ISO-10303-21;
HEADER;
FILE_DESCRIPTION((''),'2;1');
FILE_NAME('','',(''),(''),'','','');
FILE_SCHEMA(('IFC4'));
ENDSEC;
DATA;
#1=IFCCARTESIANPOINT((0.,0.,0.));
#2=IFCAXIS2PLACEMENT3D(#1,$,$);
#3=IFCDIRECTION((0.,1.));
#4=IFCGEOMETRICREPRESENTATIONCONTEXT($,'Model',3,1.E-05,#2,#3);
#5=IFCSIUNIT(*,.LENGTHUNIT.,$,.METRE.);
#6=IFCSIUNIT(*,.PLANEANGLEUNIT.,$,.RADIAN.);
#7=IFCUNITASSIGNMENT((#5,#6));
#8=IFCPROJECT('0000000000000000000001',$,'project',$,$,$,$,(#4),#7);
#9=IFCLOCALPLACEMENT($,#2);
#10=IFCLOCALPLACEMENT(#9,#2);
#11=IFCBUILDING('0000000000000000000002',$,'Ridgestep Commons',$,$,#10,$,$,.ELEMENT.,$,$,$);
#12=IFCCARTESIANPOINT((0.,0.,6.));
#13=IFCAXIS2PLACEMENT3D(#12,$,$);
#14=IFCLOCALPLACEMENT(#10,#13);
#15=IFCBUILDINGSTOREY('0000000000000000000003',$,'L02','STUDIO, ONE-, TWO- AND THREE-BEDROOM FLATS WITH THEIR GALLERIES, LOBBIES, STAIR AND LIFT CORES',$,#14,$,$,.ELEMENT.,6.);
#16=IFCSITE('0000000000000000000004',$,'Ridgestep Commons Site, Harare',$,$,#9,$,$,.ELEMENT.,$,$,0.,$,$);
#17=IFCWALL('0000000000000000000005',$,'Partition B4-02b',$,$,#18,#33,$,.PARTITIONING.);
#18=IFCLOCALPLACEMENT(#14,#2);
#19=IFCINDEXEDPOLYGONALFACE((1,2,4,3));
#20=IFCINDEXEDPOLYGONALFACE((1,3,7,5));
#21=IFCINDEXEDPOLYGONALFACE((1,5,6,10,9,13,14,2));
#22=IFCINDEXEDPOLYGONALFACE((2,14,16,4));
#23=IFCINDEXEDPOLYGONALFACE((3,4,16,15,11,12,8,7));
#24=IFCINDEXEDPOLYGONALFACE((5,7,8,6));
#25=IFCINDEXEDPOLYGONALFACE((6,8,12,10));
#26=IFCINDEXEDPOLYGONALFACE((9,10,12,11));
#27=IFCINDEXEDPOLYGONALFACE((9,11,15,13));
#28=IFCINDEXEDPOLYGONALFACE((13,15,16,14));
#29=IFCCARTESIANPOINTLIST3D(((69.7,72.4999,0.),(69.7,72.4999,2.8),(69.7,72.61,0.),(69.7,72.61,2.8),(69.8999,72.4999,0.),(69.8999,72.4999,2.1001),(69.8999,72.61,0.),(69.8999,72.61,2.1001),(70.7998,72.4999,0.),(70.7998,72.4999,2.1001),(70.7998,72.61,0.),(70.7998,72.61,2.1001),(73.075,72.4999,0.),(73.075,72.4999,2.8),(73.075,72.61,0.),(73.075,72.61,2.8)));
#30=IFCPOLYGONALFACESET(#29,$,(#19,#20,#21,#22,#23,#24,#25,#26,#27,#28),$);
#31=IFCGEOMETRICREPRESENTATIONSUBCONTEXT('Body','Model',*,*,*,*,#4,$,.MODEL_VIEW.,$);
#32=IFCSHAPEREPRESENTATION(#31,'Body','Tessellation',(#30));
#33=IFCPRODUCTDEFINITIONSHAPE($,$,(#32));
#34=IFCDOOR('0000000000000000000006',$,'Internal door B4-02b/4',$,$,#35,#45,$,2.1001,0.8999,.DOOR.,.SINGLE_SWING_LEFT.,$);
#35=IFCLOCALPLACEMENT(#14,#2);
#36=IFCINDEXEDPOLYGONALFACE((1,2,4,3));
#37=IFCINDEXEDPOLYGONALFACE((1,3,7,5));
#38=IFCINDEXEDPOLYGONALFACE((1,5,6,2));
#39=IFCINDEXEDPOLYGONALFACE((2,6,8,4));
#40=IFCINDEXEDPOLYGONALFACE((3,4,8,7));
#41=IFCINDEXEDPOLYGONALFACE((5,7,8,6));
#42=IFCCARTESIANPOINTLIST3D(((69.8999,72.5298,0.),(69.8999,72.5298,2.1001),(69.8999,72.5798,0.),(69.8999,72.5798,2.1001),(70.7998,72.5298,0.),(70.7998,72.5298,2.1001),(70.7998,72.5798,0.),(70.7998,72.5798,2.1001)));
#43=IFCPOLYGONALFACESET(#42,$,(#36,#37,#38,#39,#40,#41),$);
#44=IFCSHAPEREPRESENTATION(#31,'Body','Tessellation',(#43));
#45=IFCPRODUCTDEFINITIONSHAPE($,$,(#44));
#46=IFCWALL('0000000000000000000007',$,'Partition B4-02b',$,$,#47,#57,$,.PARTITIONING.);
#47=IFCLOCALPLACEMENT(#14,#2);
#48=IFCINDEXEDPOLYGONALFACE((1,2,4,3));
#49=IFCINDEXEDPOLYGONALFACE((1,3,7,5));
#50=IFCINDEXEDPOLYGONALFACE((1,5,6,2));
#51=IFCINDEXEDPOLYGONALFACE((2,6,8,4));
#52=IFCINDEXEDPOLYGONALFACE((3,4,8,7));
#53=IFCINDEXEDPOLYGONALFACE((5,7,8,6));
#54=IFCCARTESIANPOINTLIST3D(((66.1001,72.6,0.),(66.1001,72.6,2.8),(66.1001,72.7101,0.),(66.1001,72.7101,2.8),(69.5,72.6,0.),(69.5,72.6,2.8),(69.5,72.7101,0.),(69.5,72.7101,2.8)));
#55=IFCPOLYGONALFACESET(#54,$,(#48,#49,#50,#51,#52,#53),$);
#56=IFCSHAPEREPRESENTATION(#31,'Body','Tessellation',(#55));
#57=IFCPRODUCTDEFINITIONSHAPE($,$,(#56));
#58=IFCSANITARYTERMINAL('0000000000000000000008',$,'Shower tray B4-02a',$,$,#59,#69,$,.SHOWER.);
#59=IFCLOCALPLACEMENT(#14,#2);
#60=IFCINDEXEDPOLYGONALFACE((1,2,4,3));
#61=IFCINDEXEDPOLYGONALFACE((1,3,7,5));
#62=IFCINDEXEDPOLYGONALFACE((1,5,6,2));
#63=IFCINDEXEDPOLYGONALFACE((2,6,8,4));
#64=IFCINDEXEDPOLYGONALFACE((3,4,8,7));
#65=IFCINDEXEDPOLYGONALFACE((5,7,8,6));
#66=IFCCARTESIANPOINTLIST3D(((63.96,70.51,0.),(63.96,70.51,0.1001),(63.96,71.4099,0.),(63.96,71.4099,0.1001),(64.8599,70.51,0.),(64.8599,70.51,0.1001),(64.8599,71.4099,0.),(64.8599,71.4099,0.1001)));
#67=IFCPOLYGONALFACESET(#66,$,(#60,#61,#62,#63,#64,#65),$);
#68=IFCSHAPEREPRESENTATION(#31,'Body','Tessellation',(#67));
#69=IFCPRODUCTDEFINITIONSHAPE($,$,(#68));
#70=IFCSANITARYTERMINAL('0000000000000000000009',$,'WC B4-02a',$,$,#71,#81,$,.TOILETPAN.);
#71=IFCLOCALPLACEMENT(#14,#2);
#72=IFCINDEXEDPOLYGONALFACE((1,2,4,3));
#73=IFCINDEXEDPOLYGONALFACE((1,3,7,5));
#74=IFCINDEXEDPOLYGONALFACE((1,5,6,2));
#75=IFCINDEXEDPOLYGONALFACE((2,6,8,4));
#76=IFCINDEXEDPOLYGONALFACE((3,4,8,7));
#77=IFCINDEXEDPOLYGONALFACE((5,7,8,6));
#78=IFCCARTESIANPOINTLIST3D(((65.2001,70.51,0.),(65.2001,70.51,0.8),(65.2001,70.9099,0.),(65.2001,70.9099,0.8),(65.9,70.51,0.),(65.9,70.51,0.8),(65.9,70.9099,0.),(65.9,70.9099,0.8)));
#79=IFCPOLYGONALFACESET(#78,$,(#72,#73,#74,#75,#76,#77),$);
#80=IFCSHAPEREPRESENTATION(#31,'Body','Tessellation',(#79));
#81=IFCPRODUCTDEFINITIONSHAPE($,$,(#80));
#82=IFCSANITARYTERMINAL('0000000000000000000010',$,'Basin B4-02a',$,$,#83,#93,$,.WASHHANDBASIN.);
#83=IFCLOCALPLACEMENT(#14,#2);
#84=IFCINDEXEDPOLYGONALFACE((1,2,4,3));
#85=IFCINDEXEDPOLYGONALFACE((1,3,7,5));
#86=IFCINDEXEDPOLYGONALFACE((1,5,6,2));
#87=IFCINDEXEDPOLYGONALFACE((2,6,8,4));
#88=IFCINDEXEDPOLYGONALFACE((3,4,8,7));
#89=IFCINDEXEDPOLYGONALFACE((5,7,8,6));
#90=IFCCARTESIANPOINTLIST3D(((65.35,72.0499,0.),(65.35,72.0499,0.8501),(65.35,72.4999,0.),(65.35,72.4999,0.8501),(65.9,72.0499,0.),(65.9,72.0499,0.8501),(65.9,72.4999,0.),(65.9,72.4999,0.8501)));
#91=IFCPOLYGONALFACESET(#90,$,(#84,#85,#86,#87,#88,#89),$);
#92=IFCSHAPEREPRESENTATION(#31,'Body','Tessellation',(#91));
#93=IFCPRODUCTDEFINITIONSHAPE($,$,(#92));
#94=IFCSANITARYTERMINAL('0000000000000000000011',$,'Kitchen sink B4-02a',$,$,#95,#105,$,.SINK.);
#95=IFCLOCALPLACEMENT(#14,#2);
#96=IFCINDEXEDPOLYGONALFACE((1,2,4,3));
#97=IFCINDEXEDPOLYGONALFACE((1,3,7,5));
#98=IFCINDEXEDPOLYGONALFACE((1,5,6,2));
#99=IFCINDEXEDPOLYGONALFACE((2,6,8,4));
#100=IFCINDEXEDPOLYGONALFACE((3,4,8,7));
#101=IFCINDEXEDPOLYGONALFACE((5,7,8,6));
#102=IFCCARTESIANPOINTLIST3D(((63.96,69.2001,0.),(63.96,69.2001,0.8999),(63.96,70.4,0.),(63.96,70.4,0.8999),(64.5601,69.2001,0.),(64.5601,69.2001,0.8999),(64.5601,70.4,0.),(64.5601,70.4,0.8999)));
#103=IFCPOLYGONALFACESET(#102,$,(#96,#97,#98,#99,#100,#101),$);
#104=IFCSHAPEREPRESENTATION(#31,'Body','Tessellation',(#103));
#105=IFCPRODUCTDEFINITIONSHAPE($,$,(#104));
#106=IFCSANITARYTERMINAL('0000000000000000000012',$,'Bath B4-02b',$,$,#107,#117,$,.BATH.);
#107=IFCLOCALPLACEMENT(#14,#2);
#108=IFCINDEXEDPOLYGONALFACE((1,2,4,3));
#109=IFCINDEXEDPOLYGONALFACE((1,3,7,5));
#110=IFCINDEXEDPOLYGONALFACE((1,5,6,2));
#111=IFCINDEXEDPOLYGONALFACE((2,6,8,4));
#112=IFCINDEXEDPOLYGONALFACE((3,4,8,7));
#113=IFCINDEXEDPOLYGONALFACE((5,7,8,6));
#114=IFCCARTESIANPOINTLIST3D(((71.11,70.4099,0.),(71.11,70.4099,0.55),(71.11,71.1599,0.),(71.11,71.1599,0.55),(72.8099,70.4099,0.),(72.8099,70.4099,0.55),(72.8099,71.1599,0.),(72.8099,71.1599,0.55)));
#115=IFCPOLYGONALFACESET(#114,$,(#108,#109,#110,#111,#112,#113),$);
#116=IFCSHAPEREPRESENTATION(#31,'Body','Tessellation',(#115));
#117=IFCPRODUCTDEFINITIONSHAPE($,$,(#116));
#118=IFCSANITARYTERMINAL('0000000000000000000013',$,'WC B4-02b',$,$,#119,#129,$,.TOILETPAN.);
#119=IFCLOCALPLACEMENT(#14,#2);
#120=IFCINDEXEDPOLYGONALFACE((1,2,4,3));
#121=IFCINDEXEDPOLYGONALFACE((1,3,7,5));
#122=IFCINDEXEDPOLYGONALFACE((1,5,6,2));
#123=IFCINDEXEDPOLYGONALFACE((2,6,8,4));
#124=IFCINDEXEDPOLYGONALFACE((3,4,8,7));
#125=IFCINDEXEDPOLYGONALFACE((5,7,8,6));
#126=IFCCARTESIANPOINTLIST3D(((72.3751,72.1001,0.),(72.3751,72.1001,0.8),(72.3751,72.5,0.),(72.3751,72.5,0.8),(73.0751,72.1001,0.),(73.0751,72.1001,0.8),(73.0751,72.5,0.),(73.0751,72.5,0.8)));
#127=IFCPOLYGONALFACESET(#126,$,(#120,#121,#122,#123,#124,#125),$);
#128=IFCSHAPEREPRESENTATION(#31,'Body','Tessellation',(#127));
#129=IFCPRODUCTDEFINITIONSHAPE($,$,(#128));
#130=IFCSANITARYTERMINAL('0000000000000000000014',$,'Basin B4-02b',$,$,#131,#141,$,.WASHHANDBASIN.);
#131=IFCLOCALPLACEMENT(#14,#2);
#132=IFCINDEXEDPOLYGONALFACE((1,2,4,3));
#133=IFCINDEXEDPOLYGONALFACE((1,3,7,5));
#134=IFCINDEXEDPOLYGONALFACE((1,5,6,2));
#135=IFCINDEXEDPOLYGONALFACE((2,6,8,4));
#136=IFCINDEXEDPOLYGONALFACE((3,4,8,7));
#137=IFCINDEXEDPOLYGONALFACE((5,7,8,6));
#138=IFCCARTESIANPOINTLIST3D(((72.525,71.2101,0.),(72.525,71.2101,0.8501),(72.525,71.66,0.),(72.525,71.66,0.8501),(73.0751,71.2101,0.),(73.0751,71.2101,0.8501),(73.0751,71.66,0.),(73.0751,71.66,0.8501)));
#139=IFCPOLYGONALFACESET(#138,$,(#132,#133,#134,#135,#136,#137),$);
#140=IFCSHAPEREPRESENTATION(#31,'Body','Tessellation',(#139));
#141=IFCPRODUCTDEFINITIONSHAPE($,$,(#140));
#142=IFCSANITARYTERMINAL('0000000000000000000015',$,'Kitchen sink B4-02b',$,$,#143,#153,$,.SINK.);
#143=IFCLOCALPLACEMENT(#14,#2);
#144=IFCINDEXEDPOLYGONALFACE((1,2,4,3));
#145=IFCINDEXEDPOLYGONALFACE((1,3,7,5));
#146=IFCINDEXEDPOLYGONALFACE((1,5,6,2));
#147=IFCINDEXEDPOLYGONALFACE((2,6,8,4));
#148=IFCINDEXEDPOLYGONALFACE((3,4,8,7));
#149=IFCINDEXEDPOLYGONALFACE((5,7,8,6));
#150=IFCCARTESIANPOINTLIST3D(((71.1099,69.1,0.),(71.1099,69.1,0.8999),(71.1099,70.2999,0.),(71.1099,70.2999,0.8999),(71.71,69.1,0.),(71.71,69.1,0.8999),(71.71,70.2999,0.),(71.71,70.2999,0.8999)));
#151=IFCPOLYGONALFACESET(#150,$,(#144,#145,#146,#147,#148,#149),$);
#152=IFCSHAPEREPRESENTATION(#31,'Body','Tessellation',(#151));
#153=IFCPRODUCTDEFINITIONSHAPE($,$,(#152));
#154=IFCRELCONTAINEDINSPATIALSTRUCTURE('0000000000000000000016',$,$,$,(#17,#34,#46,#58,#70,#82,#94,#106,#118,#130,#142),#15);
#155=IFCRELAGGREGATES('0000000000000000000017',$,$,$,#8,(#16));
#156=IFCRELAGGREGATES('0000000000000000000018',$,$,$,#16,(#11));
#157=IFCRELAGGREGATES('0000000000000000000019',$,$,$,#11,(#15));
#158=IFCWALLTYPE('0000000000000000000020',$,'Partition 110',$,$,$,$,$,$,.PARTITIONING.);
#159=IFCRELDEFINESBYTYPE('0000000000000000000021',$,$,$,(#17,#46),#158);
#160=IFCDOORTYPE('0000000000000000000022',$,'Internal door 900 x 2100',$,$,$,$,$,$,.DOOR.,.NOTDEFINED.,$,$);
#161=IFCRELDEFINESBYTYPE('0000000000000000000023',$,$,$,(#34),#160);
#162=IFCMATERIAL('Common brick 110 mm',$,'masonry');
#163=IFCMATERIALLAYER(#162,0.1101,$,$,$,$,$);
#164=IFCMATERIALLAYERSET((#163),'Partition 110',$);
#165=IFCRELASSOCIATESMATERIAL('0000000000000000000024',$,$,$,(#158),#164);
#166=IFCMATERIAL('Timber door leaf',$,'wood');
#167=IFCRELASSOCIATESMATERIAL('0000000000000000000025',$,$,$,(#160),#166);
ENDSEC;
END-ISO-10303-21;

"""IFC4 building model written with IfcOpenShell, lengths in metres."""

from ifc_helpers import new_model, si_unit, direction, frame, frame_2d, origin, origin_2d, place, context, subcontext, project, spatial, rectangle, extrude, material, layer, layer_set, type_object, element, fill, save


model = new_model("IFC4")

# Units and contexts
model_context = context("Model", 3, precision=1e-05, world=origin(), true_north=direction((0.0, 1.0)))
body_context = subcontext(model_context, "Body", "Model", "MODEL_VIEW")
ifc_project = project(units=[si_unit("LENGTHUNIT", "METRE"), si_unit("PLANEANGLEUNIT", "RADIAN")], contexts=[model_context])

# Site, building, storey
site_placement = place(None, origin())
site = spatial("IfcSite", under=ifc_project, at=site_placement, Name="Ridgestep Commons Site, Harare", CompositionType="ELEMENT", RefElevation=0.0)
building_placement = place(site_placement, origin())
building = spatial("IfcBuilding", under=site, at=building_placement, Name="Ridgestep Commons", CompositionType="ELEMENT")
storey_placement = place(building_placement, frame((0.0, 0.0, 6.0)))
storey = spatial("IfcBuildingStorey", under=building, at=storey_placement, Name="L02", Description="STUDIO, ONE-, TWO- AND THREE-BEDROOM FLATS WITH THEIR GALLERIES, LOBBIES, STAIR AND LIFT CORES", CompositionType="ELEMENT", Elevation=6.0)

# Shared definitions
ifc_material_1 = material(Name="Common brick 110 mm", Category="masonry")
ifc_layer_1 = layer(ifc_material_1, 0.1101)
ifc_layer_set_1 = layer_set([ifc_layer_1], Name="Partition 110")
wall_type_1 = type_object("IfcWallType", Name="Partition 110", PredefinedType="PARTITIONING", material=ifc_layer_set_1)

# Shared definitions
ifc_material_2 = material(Name="Timber door leaf", Category="wood")
door_type = type_object("IfcDoorType", Name="Internal door 900 x 2100", OperationType="NOTDEFINED", PredefinedType="DOOR", material=ifc_material_2)

# Wall, opening, door
wall_1_placement = place(storey_placement, frame((69.7, 72.5549, 0.0), z_axis=(0.0, 0.0, 1.0), x_axis=(1.0, 0.0, 0.0)))
wall_1 = element("IfcWall", 1, at=wall_1_placement, inside=storey, type_object=wall_type_1, Name="Partition B4-02b", PredefinedType="PARTITIONING", context=body_context, shape_type="SweptSolid", body=[
    extrude(rectangle(XDim=3.375, YDim=0.1101, at=frame_2d((1.6875, 0.0))), origin(), (0.0, 0.0, 1.0), 2.8),
])
opening_1_placement = place(wall_1_placement, frame((0.2, 0.0, 0.0)))
opening_1 = element("IfcOpeningElement", 2, at=opening_1_placement, cuts=wall_1, PredefinedType="OPENING", context=body_context, shape_type="SweptSolid", body=[
    extrude(rectangle(XDim=0.8999, YDim=2.1001, at=frame_2d((0.45, 1.05))), frame((0.0, 0.0649, 0.0), z_axis=(0.0, -1.0, 0.0), x_axis=(1.0, 0.0, 0.0)), (0.0, 0.0, 1.0), 0.1301),
])
door_1_placement = place(opening_1_placement, origin())
door_1 = element("IfcDoor", 3, at=door_1_placement, inside=storey, type_object=door_type, Name="Internal door B4-02b/4", OperationType="SINGLE_SWING_LEFT", OverallHeight=2.1001, OverallWidth=0.8999, PredefinedType="DOOR", context=body_context, shape_type="SweptSolid", body=[
    extrude(rectangle(XDim=0.8999, YDim=2.1001, at=frame_2d((0.45, 1.05))), frame((0.0, 0.0249, 0.0), z_axis=(0.0, -1.0, 0.0), x_axis=(1.0, 0.0, 0.0)), (0.0, 0.0, 1.0), 0.05),
])
fill(opening_1, door_1)

# Wall
wall_2_placement = place(storey_placement, frame((66.1001, 72.655, 0.0), z_axis=(0.0, 0.0, 1.0), x_axis=(1.0, 0.0, 0.0)))
element("IfcWall", 4, at=wall_2_placement, inside=storey, type_object=wall_type_1, Name="Partition B4-02b", PredefinedType="PARTITIONING", context=body_context, shape_type="SweptSolid", body=[
    extrude(rectangle(XDim=3.3999, YDim=0.1101, at=frame_2d((1.7, 0.0))), origin(), (0.0, 0.0, 1.0), 2.8),
])

# Sanitary terminals
sanitary_terminal_1_placement = place(storey_placement, frame((64.4099, 70.96, 0.0), z_axis=(0.0, 0.0, 1.0), x_axis=(1.0, 0.0, 0.0)))
element("IfcSanitaryTerminal", 5, at=sanitary_terminal_1_placement, inside=storey, Name="Shower tray B4-02a", PredefinedType="SHOWER", context=body_context, shape_type="SweptSolid", body=[
    extrude(rectangle(XDim=0.8999, YDim=0.8999, at=origin_2d()), origin(), (0.0, 0.0, 1.0), 0.1001),
])
sanitary_terminal_2_placement = place(storey_placement, frame((65.55, 70.71, 0.0), z_axis=(0.0, 0.0, 1.0), x_axis=(1.0, 0.0, 0.0)))
element("IfcSanitaryTerminal", 6, at=sanitary_terminal_2_placement, inside=storey, Name="WC B4-02a", PredefinedType="TOILETPAN", context=body_context, shape_type="SweptSolid", body=[
    extrude(rectangle(XDim=0.7, YDim=0.3999, at=origin_2d()), origin(), (0.0, 0.0, 1.0), 0.8),
])
sanitary_terminal_3_placement = place(storey_placement, frame((65.625, 72.2749, 0.0), z_axis=(0.0, 0.0, 1.0), x_axis=(1.0, 0.0, 0.0)))
element("IfcSanitaryTerminal", 7, at=sanitary_terminal_3_placement, inside=storey, Name="Basin B4-02a", PredefinedType="WASHHANDBASIN", context=body_context, shape_type="SweptSolid", body=[
    extrude(rectangle(XDim=0.55, YDim=0.45, at=origin_2d()), origin(), (0.0, 0.0, 1.0), 0.8501),
])
sanitary_terminal_4_placement = place(storey_placement, frame((64.26, 69.8, 0.0), z_axis=(0.0, 0.0, 1.0), x_axis=(1.0, 0.0, 0.0)))
element("IfcSanitaryTerminal", 8, at=sanitary_terminal_4_placement, inside=storey, Name="Kitchen sink B4-02a", PredefinedType="SINK", context=body_context, shape_type="SweptSolid", body=[
    extrude(rectangle(XDim=0.6001, YDim=1.2, at=origin_2d()), origin(), (0.0, 0.0, 1.0), 0.8999),
])
sanitary_terminal_5_placement = place(storey_placement, frame((71.96, 70.7849, 0.0), z_axis=(0.0, 0.0, 1.0), x_axis=(1.0, 0.0, 0.0)))
element("IfcSanitaryTerminal", 9, at=sanitary_terminal_5_placement, inside=storey, Name="Bath B4-02b", PredefinedType="BATH", context=body_context, shape_type="SweptSolid", body=[
    extrude(rectangle(XDim=1.7, YDim=0.75, at=origin_2d()), origin(), (0.0, 0.0, 1.0), 0.55),
])
sanitary_terminal_6_placement = place(storey_placement, frame((72.7251, 72.3, 0.0), z_axis=(0.0, 0.0, 1.0), x_axis=(1.0, 0.0, 0.0)))
element("IfcSanitaryTerminal", 10, at=sanitary_terminal_6_placement, inside=storey, Name="WC B4-02b", PredefinedType="TOILETPAN", context=body_context, shape_type="SweptSolid", body=[
    extrude(rectangle(XDim=0.7, YDim=0.3999, at=origin_2d()), origin(), (0.0, 0.0, 1.0), 0.8),
])
sanitary_terminal_7_placement = place(storey_placement, frame((72.8, 71.4351, 0.0), z_axis=(0.0, 0.0, 1.0), x_axis=(1.0, 0.0, 0.0)))
element("IfcSanitaryTerminal", 11, at=sanitary_terminal_7_placement, inside=storey, Name="Basin B4-02b", PredefinedType="WASHHANDBASIN", context=body_context, shape_type="SweptSolid", body=[
    extrude(rectangle(XDim=0.55, YDim=0.45, at=origin_2d()), origin(), (0.0, 0.0, 1.0), 0.8501),
])
sanitary_terminal_8_placement = place(storey_placement, frame((71.4099, 69.7, 0.0), z_axis=(0.0, 0.0, 1.0), x_axis=(1.0, 0.0, 0.0)))
element("IfcSanitaryTerminal", 12, at=sanitary_terminal_8_placement, inside=storey, Name="Kitchen sink B4-02b", PredefinedType="SINK", context=body_context, shape_type="SweptSolid", body=[
    extrude(rectangle(XDim=0.6001, YDim=1.2, at=origin_2d()), origin(), (0.0, 0.0, 1.0), 0.8999),
])

save(model, "model.ifc")
